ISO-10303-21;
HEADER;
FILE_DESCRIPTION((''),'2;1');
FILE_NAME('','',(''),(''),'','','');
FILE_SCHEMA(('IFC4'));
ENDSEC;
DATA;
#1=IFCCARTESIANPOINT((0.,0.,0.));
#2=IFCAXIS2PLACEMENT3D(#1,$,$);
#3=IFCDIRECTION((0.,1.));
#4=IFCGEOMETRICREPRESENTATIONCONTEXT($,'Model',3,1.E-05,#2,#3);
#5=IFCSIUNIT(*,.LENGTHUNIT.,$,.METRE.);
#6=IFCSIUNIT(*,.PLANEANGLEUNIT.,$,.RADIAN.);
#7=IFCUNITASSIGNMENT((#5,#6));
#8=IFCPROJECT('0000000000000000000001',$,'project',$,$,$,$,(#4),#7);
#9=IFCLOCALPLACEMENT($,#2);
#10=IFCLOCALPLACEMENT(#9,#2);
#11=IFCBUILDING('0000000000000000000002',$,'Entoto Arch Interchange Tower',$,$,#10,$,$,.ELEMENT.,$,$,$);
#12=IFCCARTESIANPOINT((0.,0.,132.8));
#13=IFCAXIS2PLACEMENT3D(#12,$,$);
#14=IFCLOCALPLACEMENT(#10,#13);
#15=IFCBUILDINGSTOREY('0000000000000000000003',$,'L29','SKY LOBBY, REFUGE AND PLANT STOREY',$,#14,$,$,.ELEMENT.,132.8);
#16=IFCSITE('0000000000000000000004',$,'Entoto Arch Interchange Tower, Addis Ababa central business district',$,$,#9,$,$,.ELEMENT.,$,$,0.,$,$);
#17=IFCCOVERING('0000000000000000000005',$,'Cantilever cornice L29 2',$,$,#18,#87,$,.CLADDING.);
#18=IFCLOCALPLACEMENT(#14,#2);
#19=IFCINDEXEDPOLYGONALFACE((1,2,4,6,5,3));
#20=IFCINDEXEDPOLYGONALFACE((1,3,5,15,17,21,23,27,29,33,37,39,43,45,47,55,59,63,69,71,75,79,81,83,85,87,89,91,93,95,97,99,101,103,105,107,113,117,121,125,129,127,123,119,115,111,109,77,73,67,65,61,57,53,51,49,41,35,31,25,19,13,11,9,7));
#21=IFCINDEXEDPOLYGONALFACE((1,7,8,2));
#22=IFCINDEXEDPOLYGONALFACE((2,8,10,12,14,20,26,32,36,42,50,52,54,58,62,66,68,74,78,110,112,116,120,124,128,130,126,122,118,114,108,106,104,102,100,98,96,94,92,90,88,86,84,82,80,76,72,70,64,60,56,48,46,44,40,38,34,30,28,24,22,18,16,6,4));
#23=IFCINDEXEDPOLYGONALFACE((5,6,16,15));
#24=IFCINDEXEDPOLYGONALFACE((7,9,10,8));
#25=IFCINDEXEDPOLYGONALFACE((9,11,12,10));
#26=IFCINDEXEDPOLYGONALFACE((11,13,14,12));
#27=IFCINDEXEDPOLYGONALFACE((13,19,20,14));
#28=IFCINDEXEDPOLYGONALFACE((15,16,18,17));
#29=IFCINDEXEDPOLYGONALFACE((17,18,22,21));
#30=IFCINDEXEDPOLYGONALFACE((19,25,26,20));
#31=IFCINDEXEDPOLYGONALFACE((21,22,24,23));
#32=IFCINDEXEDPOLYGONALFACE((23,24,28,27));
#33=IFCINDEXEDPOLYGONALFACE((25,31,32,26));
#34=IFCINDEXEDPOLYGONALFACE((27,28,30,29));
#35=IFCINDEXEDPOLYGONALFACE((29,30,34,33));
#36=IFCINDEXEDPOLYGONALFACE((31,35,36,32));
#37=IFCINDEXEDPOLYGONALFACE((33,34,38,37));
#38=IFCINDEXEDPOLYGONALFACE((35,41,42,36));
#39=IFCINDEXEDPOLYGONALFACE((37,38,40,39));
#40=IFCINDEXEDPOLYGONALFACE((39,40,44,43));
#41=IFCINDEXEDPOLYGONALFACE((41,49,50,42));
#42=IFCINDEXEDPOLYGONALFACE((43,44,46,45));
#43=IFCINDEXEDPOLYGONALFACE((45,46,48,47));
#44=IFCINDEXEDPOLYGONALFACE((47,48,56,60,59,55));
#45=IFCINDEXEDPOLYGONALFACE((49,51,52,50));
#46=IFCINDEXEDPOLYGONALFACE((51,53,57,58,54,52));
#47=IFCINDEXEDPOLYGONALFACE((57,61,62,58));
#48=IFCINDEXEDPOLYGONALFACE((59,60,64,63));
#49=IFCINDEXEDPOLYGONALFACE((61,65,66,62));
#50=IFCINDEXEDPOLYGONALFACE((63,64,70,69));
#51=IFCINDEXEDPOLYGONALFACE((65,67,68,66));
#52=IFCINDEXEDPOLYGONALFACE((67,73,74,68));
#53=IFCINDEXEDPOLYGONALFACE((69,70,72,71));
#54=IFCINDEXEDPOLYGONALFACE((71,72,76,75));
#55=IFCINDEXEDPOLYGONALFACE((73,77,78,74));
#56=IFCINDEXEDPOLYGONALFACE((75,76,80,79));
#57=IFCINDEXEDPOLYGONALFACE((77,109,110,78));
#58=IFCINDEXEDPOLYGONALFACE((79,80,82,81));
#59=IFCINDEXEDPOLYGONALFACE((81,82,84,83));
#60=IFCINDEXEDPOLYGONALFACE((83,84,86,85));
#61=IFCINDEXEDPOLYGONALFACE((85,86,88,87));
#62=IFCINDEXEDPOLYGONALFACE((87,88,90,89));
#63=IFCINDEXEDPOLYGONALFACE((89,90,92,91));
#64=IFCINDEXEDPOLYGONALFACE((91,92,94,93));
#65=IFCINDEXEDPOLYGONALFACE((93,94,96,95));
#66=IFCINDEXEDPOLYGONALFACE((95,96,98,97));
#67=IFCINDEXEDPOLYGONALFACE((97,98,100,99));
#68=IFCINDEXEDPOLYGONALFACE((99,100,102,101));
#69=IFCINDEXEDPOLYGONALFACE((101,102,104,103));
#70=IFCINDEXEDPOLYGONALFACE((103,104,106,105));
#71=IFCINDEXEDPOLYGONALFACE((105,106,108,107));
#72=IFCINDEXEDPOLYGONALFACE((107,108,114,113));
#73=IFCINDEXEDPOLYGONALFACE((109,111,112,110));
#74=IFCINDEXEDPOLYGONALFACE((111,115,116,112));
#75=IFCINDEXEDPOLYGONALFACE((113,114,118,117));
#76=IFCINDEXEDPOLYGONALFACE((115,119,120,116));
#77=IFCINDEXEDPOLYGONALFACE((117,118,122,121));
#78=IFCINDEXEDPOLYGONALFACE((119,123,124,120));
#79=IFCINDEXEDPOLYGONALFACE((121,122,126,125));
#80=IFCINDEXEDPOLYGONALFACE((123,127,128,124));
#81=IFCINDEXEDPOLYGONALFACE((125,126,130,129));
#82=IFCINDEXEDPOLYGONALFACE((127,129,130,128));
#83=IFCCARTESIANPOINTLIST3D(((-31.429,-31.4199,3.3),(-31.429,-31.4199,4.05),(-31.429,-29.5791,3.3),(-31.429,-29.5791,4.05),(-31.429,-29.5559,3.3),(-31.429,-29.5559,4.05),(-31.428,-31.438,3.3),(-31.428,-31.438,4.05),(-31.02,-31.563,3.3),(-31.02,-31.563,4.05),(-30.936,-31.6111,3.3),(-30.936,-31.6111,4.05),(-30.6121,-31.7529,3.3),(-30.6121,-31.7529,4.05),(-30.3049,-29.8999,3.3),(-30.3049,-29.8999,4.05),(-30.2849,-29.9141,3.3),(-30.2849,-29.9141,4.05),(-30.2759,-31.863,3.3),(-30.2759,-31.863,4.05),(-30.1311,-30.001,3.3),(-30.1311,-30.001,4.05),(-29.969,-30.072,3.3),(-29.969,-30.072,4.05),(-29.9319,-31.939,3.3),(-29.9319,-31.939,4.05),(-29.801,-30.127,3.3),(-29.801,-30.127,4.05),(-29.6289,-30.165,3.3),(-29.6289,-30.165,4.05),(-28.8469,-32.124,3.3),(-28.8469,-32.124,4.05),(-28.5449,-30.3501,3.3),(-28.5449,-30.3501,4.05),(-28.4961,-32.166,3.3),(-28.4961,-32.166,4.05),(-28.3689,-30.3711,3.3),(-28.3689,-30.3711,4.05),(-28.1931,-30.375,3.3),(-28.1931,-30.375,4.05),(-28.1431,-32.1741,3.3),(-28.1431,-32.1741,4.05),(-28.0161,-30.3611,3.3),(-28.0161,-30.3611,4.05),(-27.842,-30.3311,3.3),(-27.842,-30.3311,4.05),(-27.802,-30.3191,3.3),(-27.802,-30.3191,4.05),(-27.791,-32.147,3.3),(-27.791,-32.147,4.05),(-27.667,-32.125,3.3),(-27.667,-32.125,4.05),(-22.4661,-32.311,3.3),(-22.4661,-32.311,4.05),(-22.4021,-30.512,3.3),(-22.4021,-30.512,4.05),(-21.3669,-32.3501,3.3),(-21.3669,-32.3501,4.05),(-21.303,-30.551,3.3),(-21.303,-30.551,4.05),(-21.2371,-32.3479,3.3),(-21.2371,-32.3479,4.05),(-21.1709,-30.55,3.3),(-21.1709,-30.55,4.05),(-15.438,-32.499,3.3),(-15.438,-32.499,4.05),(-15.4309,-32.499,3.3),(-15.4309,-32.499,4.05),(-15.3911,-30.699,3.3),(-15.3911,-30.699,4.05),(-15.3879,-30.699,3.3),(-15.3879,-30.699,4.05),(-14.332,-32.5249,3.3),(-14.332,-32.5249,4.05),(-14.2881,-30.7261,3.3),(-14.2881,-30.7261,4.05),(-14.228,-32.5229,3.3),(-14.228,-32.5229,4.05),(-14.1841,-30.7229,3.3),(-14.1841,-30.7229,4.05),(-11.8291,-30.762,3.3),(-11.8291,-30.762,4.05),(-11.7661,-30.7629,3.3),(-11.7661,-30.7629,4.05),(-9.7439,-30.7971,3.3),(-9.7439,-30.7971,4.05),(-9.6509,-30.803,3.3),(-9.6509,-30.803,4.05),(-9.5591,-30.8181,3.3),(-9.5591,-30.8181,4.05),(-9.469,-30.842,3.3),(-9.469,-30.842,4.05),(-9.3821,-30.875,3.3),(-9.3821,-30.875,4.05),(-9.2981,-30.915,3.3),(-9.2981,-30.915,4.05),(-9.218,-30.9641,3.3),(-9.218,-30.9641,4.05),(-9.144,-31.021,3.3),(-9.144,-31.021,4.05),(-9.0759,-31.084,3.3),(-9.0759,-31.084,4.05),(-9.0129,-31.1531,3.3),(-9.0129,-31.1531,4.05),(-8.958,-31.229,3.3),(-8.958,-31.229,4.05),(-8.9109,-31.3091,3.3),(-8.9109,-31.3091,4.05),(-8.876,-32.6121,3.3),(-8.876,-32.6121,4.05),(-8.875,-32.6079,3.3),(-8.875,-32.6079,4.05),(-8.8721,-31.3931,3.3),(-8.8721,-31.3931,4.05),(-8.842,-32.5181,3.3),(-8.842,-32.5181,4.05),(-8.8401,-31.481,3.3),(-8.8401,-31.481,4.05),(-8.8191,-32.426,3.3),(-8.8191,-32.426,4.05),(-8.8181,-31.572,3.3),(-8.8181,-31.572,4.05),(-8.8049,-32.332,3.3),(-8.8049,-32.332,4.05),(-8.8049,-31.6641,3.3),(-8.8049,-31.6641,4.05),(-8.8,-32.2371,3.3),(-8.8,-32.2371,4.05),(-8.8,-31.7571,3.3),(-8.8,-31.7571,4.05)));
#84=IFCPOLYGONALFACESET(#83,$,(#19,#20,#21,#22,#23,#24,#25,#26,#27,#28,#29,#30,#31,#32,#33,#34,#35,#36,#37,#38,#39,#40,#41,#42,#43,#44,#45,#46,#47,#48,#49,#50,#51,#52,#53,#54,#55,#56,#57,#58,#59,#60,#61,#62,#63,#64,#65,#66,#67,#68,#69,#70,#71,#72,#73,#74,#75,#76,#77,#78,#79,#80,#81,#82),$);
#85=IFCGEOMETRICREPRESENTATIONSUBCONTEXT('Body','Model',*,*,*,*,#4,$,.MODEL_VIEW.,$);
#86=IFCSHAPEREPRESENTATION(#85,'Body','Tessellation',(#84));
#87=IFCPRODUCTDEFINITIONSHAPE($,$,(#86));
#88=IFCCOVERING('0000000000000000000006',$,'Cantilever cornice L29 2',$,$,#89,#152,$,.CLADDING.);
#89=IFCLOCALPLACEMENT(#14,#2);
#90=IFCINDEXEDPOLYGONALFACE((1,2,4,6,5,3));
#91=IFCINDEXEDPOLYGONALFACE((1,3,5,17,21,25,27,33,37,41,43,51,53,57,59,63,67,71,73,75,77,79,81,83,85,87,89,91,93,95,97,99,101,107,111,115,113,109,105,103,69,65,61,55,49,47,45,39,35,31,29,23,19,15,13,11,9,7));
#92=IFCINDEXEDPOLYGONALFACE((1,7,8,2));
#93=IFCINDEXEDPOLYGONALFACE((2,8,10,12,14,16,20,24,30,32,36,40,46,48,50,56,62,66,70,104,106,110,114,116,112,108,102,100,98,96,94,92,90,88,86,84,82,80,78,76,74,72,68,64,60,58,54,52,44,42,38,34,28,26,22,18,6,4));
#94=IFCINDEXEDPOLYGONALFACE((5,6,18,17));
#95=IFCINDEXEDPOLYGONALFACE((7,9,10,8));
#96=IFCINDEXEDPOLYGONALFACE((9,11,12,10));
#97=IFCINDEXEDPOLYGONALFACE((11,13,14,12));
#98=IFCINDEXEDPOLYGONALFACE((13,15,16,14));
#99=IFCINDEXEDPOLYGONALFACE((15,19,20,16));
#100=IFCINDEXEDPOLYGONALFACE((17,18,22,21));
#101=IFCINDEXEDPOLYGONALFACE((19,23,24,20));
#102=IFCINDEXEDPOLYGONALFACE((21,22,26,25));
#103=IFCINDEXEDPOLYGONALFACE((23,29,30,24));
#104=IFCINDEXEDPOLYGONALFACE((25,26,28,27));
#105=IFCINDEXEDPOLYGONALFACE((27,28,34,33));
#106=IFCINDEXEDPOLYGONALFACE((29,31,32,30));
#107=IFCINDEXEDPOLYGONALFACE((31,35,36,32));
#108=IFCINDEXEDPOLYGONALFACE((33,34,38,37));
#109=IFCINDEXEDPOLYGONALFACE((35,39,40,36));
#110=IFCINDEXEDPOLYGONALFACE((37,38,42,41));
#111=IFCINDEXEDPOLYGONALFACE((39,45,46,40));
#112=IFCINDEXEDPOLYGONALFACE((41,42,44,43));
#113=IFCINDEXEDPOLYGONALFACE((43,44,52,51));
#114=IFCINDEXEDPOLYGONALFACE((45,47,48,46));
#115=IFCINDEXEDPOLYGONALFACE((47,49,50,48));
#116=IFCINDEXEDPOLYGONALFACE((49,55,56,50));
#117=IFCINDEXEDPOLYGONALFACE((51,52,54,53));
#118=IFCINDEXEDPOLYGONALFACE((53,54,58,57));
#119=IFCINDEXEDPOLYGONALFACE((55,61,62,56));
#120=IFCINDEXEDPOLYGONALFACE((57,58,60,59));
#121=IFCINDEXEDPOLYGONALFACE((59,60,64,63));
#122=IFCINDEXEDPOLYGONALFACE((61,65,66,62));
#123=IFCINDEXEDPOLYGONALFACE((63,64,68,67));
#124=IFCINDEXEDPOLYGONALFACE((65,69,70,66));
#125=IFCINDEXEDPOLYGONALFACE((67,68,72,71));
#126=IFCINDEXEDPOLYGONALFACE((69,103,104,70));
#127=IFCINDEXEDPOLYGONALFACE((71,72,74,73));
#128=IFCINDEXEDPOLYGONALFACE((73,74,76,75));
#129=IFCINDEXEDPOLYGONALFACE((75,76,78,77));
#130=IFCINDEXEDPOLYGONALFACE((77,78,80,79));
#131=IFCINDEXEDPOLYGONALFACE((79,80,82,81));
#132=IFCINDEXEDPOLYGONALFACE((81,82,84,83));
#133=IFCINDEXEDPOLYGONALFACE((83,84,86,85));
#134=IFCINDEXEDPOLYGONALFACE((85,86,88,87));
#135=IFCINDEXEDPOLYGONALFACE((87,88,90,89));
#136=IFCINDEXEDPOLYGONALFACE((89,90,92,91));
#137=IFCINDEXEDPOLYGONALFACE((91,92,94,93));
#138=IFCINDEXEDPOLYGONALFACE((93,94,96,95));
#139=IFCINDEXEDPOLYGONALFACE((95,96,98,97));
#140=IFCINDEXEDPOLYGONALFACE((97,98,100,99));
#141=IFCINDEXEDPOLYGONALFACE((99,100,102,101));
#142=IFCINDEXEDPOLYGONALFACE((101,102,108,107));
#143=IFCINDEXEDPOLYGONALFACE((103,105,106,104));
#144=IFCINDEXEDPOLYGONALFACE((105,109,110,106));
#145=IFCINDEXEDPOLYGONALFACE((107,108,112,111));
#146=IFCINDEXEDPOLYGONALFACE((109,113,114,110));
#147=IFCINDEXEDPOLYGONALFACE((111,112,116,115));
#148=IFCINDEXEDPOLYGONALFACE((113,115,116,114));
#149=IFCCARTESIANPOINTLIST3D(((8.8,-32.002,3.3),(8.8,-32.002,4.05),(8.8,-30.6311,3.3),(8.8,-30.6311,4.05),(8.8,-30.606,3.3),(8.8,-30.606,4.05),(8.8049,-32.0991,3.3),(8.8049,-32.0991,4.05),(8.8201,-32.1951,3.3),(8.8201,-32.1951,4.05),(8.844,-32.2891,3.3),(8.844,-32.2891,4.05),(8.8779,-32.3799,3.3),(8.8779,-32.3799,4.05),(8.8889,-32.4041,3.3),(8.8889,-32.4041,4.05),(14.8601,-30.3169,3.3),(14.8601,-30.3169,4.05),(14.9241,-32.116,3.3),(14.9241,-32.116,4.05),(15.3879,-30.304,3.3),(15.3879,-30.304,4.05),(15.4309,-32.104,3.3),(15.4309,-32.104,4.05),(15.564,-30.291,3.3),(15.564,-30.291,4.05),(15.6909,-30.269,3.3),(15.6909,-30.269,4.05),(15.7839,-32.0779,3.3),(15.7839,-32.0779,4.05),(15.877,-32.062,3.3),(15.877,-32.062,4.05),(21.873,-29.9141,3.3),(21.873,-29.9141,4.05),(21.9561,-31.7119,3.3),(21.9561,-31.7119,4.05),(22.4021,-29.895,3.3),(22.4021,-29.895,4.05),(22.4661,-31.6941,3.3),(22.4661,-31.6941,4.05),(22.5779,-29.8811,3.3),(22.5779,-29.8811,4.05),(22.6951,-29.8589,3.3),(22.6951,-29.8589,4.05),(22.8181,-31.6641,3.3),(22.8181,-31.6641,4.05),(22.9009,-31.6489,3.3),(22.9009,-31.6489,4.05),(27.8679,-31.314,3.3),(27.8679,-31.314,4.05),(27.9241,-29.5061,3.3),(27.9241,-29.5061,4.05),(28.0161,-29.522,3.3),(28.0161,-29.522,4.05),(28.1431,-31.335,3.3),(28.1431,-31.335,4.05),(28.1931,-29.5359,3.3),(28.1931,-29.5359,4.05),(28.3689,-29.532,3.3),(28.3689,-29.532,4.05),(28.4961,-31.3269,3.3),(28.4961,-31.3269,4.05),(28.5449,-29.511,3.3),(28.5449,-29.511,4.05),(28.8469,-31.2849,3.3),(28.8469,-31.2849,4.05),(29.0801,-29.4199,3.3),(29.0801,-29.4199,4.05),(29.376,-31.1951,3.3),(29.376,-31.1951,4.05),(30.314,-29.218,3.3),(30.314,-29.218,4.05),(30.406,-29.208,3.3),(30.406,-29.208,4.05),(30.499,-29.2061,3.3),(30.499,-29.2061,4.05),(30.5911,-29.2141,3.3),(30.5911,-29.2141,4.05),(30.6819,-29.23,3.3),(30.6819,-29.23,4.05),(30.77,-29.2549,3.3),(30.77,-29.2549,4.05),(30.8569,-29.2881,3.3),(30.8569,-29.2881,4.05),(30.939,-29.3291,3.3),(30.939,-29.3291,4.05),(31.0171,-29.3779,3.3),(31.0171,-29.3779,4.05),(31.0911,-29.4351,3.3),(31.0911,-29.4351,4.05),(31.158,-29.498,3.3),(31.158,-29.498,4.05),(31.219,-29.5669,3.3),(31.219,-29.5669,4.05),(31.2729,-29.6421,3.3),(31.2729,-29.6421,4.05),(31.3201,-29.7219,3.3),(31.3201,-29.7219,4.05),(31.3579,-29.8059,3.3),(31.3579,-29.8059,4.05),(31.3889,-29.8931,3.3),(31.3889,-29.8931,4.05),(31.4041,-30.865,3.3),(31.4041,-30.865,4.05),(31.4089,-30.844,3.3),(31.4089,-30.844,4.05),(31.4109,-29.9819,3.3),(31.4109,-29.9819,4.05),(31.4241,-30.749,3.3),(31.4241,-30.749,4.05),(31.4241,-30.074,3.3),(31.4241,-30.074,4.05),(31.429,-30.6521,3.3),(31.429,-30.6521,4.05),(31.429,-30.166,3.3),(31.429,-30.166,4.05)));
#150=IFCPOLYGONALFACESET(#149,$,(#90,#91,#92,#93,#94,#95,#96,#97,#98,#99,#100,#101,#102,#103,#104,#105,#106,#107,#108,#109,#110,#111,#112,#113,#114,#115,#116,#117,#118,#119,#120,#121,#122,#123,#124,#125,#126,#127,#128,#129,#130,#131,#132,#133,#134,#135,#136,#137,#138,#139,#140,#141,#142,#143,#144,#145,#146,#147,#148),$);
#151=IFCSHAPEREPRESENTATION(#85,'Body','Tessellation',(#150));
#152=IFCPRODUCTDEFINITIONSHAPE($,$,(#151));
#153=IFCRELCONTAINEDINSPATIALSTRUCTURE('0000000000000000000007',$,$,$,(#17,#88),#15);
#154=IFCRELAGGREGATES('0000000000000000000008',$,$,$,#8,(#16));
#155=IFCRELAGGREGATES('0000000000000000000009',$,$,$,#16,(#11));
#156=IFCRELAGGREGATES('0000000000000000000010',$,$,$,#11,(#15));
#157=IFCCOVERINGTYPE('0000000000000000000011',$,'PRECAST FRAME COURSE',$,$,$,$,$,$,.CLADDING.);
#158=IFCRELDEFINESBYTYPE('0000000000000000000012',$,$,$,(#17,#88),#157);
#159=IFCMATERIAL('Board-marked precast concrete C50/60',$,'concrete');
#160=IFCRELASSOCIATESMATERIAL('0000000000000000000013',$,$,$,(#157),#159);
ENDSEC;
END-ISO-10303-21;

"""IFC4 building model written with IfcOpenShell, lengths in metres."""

from ifc_helpers import new_model, si_unit, direction, frame, origin, place, context, subcontext, project, spatial, polyline, outline, extrude, material, type_object, element, save


model = new_model("IFC4")

# Units and contexts
model_context = context("Model", 3, precision=1e-05, world=origin(), true_north=direction((0.0, 1.0)))
body_context = subcontext(model_context, "Body", "Model", "MODEL_VIEW")
ifc_project = project(units=[si_unit("LENGTHUNIT", "METRE"), si_unit("PLANEANGLEUNIT", "RADIAN")], contexts=[model_context])

# Site, building, storey
site_placement = place(None, origin())
site = spatial("IfcSite", under=ifc_project, at=site_placement, Name="Entoto Arch Interchange Tower, Addis Ababa central business district", CompositionType="ELEMENT", RefElevation=0.0)
building_placement = place(site_placement, origin())
building = spatial("IfcBuilding", under=site, at=building_placement, Name="Entoto Arch Interchange Tower", CompositionType="ELEMENT")
storey_placement = place(building_placement, frame((0.0, 0.0, 132.8)))
storey = spatial("IfcBuildingStorey", under=building, at=storey_placement, Name="L29", Description="SKY LOBBY, REFUGE AND PLANT STOREY", CompositionType="ELEMENT", Elevation=132.8)

# Coverings
ifc_material_1 = material(Name="Board-marked precast concrete C50/60", Category="concrete")
covering_type_1 = type_object("IfcCoveringType", Name="PRECAST FRAME COURSE", PredefinedType="CLADDING", material=ifc_material_1)
covering_1_placement = place(storey_placement, frame((0.0, 0.0, 3.3)))
element("IfcCovering", 1, at=covering_1_placement, inside=storey, type_object=covering_type_1, Name="Cantilever cornice L29 2", PredefinedType="CLADDING", context=body_context, shape_type="SweptSolid", body=[
    extrude(outline(polyline([(-9.3821, -30.875), (-9.2981, -30.915), (-9.218, -30.9641), (-9.144, -31.021), (-9.0759, -31.084), (-9.0129, -31.1531), (-8.958, -31.229), (-8.9109, -31.3091), (-8.8721, -31.3931), (-8.8401, -31.481), (-8.8181, -31.572), (-8.8049, -31.6641), (-8.8, -31.7571), (-8.8, -32.2371), (-8.8049, -32.332), (-8.8191, -32.426), (-8.842, -32.5181), (-8.875, -32.6079), (-8.876, -32.6121), (-14.228, -32.5229), (-14.332, -32.5249), (-15.4309, -32.499), (-15.438, -32.499), (-21.2371, -32.3479), (-21.3669, -32.3501), (-22.4661, -32.311), (-27.667, -32.125), (-27.791, -32.147), (-28.1431, -32.1741), (-28.4961, -32.166), (-28.8469, -32.124), (-29.9319, -31.939), (-30.2759, -31.863), (-30.6121, -31.7529), (-30.936, -31.6111), (-31.02, -31.563), (-31.428, -31.438), (-31.429, -31.4199), (-31.429, -29.5791), (-31.429, -29.5559), (-30.3049, -29.8999), (-30.2849, -29.9141), (-30.1311, -30.001), (-29.969, -30.072), (-29.801, -30.127), (-29.6289, -30.165), (-28.5449, -30.3501), (-28.3689, -30.3711), (-28.1931, -30.375), (-28.0161, -30.3611), (-27.842, -30.3311), (-27.802, -30.3191), (-22.4021, -30.512), (-21.303, -30.551), (-21.1709, -30.55), (-15.3911, -30.699), (-15.3879, -30.699), (-14.2881, -30.7261), (-14.1841, -30.7229), (-11.8291, -30.762), (-11.7661, -30.7629), (-9.7439, -30.7971), (-9.6509, -30.803), (-9.5591, -30.8181), (-9.469, -30.842), (-9.3821, -30.875)])), origin(), (0.0, 0.0, 1.0), 0.75),
])
covering_2_placement = place(storey_placement, frame((0.0, 0.0, 3.3)))
element("IfcCovering", 2, at=covering_2_placement, inside=storey, type_object=covering_type_1, Name="Cantilever cornice L29 2", PredefinedType="CLADDING", context=body_context, shape_type="SweptSolid", body=[
    extrude(outline(polyline([(30.6819, -29.23), (30.77, -29.2549), (30.8569, -29.2881), (30.939, -29.3291), (31.0171, -29.3779), (31.0911, -29.4351), (31.158, -29.498), (31.219, -29.5669), (31.2729, -29.6421), (31.3201, -29.7219), (31.3579, -29.8059), (31.3889, -29.8931), (31.4109, -29.9819), (31.4241, -30.074), (31.429, -30.166), (31.429, -30.6521), (31.4241, -30.749), (31.4089, -30.844), (31.4041, -30.865), (29.376, -31.1951), (28.8469, -31.2849), (28.4961, -31.3269), (28.1431, -31.335), (27.8679, -31.314), (22.9009, -31.6489), (22.8181, -31.6641), (22.4661, -31.6941), (21.9561, -31.7119), (15.877, -32.062), (15.7839, -32.0779), (15.4309, -32.104), (14.9241, -32.116), (8.8889, -32.4041), (8.8779, -32.3799), (8.844, -32.2891), (8.8201, -32.1951), (8.8049, -32.0991), (8.8, -32.002), (8.8, -30.6311), (8.8, -30.606), (14.8601, -30.3169), (15.3879, -30.304), (15.564, -30.291), (15.6909, -30.269), (21.873, -29.9141), (22.4021, -29.895), (22.5779, -29.8811), (22.6951, -29.8589), (27.9241, -29.5061), (28.0161, -29.522), (28.1931, -29.5359), (28.3689, -29.532), (28.5449, -29.511), (29.0801, -29.4199), (30.314, -29.218), (30.406, -29.208), (30.499, -29.2061), (30.5911, -29.2141), (30.6819, -29.23)])), origin(), (0.0, 0.0, 1.0), 0.75),
])

save(model, "model.ifc")
